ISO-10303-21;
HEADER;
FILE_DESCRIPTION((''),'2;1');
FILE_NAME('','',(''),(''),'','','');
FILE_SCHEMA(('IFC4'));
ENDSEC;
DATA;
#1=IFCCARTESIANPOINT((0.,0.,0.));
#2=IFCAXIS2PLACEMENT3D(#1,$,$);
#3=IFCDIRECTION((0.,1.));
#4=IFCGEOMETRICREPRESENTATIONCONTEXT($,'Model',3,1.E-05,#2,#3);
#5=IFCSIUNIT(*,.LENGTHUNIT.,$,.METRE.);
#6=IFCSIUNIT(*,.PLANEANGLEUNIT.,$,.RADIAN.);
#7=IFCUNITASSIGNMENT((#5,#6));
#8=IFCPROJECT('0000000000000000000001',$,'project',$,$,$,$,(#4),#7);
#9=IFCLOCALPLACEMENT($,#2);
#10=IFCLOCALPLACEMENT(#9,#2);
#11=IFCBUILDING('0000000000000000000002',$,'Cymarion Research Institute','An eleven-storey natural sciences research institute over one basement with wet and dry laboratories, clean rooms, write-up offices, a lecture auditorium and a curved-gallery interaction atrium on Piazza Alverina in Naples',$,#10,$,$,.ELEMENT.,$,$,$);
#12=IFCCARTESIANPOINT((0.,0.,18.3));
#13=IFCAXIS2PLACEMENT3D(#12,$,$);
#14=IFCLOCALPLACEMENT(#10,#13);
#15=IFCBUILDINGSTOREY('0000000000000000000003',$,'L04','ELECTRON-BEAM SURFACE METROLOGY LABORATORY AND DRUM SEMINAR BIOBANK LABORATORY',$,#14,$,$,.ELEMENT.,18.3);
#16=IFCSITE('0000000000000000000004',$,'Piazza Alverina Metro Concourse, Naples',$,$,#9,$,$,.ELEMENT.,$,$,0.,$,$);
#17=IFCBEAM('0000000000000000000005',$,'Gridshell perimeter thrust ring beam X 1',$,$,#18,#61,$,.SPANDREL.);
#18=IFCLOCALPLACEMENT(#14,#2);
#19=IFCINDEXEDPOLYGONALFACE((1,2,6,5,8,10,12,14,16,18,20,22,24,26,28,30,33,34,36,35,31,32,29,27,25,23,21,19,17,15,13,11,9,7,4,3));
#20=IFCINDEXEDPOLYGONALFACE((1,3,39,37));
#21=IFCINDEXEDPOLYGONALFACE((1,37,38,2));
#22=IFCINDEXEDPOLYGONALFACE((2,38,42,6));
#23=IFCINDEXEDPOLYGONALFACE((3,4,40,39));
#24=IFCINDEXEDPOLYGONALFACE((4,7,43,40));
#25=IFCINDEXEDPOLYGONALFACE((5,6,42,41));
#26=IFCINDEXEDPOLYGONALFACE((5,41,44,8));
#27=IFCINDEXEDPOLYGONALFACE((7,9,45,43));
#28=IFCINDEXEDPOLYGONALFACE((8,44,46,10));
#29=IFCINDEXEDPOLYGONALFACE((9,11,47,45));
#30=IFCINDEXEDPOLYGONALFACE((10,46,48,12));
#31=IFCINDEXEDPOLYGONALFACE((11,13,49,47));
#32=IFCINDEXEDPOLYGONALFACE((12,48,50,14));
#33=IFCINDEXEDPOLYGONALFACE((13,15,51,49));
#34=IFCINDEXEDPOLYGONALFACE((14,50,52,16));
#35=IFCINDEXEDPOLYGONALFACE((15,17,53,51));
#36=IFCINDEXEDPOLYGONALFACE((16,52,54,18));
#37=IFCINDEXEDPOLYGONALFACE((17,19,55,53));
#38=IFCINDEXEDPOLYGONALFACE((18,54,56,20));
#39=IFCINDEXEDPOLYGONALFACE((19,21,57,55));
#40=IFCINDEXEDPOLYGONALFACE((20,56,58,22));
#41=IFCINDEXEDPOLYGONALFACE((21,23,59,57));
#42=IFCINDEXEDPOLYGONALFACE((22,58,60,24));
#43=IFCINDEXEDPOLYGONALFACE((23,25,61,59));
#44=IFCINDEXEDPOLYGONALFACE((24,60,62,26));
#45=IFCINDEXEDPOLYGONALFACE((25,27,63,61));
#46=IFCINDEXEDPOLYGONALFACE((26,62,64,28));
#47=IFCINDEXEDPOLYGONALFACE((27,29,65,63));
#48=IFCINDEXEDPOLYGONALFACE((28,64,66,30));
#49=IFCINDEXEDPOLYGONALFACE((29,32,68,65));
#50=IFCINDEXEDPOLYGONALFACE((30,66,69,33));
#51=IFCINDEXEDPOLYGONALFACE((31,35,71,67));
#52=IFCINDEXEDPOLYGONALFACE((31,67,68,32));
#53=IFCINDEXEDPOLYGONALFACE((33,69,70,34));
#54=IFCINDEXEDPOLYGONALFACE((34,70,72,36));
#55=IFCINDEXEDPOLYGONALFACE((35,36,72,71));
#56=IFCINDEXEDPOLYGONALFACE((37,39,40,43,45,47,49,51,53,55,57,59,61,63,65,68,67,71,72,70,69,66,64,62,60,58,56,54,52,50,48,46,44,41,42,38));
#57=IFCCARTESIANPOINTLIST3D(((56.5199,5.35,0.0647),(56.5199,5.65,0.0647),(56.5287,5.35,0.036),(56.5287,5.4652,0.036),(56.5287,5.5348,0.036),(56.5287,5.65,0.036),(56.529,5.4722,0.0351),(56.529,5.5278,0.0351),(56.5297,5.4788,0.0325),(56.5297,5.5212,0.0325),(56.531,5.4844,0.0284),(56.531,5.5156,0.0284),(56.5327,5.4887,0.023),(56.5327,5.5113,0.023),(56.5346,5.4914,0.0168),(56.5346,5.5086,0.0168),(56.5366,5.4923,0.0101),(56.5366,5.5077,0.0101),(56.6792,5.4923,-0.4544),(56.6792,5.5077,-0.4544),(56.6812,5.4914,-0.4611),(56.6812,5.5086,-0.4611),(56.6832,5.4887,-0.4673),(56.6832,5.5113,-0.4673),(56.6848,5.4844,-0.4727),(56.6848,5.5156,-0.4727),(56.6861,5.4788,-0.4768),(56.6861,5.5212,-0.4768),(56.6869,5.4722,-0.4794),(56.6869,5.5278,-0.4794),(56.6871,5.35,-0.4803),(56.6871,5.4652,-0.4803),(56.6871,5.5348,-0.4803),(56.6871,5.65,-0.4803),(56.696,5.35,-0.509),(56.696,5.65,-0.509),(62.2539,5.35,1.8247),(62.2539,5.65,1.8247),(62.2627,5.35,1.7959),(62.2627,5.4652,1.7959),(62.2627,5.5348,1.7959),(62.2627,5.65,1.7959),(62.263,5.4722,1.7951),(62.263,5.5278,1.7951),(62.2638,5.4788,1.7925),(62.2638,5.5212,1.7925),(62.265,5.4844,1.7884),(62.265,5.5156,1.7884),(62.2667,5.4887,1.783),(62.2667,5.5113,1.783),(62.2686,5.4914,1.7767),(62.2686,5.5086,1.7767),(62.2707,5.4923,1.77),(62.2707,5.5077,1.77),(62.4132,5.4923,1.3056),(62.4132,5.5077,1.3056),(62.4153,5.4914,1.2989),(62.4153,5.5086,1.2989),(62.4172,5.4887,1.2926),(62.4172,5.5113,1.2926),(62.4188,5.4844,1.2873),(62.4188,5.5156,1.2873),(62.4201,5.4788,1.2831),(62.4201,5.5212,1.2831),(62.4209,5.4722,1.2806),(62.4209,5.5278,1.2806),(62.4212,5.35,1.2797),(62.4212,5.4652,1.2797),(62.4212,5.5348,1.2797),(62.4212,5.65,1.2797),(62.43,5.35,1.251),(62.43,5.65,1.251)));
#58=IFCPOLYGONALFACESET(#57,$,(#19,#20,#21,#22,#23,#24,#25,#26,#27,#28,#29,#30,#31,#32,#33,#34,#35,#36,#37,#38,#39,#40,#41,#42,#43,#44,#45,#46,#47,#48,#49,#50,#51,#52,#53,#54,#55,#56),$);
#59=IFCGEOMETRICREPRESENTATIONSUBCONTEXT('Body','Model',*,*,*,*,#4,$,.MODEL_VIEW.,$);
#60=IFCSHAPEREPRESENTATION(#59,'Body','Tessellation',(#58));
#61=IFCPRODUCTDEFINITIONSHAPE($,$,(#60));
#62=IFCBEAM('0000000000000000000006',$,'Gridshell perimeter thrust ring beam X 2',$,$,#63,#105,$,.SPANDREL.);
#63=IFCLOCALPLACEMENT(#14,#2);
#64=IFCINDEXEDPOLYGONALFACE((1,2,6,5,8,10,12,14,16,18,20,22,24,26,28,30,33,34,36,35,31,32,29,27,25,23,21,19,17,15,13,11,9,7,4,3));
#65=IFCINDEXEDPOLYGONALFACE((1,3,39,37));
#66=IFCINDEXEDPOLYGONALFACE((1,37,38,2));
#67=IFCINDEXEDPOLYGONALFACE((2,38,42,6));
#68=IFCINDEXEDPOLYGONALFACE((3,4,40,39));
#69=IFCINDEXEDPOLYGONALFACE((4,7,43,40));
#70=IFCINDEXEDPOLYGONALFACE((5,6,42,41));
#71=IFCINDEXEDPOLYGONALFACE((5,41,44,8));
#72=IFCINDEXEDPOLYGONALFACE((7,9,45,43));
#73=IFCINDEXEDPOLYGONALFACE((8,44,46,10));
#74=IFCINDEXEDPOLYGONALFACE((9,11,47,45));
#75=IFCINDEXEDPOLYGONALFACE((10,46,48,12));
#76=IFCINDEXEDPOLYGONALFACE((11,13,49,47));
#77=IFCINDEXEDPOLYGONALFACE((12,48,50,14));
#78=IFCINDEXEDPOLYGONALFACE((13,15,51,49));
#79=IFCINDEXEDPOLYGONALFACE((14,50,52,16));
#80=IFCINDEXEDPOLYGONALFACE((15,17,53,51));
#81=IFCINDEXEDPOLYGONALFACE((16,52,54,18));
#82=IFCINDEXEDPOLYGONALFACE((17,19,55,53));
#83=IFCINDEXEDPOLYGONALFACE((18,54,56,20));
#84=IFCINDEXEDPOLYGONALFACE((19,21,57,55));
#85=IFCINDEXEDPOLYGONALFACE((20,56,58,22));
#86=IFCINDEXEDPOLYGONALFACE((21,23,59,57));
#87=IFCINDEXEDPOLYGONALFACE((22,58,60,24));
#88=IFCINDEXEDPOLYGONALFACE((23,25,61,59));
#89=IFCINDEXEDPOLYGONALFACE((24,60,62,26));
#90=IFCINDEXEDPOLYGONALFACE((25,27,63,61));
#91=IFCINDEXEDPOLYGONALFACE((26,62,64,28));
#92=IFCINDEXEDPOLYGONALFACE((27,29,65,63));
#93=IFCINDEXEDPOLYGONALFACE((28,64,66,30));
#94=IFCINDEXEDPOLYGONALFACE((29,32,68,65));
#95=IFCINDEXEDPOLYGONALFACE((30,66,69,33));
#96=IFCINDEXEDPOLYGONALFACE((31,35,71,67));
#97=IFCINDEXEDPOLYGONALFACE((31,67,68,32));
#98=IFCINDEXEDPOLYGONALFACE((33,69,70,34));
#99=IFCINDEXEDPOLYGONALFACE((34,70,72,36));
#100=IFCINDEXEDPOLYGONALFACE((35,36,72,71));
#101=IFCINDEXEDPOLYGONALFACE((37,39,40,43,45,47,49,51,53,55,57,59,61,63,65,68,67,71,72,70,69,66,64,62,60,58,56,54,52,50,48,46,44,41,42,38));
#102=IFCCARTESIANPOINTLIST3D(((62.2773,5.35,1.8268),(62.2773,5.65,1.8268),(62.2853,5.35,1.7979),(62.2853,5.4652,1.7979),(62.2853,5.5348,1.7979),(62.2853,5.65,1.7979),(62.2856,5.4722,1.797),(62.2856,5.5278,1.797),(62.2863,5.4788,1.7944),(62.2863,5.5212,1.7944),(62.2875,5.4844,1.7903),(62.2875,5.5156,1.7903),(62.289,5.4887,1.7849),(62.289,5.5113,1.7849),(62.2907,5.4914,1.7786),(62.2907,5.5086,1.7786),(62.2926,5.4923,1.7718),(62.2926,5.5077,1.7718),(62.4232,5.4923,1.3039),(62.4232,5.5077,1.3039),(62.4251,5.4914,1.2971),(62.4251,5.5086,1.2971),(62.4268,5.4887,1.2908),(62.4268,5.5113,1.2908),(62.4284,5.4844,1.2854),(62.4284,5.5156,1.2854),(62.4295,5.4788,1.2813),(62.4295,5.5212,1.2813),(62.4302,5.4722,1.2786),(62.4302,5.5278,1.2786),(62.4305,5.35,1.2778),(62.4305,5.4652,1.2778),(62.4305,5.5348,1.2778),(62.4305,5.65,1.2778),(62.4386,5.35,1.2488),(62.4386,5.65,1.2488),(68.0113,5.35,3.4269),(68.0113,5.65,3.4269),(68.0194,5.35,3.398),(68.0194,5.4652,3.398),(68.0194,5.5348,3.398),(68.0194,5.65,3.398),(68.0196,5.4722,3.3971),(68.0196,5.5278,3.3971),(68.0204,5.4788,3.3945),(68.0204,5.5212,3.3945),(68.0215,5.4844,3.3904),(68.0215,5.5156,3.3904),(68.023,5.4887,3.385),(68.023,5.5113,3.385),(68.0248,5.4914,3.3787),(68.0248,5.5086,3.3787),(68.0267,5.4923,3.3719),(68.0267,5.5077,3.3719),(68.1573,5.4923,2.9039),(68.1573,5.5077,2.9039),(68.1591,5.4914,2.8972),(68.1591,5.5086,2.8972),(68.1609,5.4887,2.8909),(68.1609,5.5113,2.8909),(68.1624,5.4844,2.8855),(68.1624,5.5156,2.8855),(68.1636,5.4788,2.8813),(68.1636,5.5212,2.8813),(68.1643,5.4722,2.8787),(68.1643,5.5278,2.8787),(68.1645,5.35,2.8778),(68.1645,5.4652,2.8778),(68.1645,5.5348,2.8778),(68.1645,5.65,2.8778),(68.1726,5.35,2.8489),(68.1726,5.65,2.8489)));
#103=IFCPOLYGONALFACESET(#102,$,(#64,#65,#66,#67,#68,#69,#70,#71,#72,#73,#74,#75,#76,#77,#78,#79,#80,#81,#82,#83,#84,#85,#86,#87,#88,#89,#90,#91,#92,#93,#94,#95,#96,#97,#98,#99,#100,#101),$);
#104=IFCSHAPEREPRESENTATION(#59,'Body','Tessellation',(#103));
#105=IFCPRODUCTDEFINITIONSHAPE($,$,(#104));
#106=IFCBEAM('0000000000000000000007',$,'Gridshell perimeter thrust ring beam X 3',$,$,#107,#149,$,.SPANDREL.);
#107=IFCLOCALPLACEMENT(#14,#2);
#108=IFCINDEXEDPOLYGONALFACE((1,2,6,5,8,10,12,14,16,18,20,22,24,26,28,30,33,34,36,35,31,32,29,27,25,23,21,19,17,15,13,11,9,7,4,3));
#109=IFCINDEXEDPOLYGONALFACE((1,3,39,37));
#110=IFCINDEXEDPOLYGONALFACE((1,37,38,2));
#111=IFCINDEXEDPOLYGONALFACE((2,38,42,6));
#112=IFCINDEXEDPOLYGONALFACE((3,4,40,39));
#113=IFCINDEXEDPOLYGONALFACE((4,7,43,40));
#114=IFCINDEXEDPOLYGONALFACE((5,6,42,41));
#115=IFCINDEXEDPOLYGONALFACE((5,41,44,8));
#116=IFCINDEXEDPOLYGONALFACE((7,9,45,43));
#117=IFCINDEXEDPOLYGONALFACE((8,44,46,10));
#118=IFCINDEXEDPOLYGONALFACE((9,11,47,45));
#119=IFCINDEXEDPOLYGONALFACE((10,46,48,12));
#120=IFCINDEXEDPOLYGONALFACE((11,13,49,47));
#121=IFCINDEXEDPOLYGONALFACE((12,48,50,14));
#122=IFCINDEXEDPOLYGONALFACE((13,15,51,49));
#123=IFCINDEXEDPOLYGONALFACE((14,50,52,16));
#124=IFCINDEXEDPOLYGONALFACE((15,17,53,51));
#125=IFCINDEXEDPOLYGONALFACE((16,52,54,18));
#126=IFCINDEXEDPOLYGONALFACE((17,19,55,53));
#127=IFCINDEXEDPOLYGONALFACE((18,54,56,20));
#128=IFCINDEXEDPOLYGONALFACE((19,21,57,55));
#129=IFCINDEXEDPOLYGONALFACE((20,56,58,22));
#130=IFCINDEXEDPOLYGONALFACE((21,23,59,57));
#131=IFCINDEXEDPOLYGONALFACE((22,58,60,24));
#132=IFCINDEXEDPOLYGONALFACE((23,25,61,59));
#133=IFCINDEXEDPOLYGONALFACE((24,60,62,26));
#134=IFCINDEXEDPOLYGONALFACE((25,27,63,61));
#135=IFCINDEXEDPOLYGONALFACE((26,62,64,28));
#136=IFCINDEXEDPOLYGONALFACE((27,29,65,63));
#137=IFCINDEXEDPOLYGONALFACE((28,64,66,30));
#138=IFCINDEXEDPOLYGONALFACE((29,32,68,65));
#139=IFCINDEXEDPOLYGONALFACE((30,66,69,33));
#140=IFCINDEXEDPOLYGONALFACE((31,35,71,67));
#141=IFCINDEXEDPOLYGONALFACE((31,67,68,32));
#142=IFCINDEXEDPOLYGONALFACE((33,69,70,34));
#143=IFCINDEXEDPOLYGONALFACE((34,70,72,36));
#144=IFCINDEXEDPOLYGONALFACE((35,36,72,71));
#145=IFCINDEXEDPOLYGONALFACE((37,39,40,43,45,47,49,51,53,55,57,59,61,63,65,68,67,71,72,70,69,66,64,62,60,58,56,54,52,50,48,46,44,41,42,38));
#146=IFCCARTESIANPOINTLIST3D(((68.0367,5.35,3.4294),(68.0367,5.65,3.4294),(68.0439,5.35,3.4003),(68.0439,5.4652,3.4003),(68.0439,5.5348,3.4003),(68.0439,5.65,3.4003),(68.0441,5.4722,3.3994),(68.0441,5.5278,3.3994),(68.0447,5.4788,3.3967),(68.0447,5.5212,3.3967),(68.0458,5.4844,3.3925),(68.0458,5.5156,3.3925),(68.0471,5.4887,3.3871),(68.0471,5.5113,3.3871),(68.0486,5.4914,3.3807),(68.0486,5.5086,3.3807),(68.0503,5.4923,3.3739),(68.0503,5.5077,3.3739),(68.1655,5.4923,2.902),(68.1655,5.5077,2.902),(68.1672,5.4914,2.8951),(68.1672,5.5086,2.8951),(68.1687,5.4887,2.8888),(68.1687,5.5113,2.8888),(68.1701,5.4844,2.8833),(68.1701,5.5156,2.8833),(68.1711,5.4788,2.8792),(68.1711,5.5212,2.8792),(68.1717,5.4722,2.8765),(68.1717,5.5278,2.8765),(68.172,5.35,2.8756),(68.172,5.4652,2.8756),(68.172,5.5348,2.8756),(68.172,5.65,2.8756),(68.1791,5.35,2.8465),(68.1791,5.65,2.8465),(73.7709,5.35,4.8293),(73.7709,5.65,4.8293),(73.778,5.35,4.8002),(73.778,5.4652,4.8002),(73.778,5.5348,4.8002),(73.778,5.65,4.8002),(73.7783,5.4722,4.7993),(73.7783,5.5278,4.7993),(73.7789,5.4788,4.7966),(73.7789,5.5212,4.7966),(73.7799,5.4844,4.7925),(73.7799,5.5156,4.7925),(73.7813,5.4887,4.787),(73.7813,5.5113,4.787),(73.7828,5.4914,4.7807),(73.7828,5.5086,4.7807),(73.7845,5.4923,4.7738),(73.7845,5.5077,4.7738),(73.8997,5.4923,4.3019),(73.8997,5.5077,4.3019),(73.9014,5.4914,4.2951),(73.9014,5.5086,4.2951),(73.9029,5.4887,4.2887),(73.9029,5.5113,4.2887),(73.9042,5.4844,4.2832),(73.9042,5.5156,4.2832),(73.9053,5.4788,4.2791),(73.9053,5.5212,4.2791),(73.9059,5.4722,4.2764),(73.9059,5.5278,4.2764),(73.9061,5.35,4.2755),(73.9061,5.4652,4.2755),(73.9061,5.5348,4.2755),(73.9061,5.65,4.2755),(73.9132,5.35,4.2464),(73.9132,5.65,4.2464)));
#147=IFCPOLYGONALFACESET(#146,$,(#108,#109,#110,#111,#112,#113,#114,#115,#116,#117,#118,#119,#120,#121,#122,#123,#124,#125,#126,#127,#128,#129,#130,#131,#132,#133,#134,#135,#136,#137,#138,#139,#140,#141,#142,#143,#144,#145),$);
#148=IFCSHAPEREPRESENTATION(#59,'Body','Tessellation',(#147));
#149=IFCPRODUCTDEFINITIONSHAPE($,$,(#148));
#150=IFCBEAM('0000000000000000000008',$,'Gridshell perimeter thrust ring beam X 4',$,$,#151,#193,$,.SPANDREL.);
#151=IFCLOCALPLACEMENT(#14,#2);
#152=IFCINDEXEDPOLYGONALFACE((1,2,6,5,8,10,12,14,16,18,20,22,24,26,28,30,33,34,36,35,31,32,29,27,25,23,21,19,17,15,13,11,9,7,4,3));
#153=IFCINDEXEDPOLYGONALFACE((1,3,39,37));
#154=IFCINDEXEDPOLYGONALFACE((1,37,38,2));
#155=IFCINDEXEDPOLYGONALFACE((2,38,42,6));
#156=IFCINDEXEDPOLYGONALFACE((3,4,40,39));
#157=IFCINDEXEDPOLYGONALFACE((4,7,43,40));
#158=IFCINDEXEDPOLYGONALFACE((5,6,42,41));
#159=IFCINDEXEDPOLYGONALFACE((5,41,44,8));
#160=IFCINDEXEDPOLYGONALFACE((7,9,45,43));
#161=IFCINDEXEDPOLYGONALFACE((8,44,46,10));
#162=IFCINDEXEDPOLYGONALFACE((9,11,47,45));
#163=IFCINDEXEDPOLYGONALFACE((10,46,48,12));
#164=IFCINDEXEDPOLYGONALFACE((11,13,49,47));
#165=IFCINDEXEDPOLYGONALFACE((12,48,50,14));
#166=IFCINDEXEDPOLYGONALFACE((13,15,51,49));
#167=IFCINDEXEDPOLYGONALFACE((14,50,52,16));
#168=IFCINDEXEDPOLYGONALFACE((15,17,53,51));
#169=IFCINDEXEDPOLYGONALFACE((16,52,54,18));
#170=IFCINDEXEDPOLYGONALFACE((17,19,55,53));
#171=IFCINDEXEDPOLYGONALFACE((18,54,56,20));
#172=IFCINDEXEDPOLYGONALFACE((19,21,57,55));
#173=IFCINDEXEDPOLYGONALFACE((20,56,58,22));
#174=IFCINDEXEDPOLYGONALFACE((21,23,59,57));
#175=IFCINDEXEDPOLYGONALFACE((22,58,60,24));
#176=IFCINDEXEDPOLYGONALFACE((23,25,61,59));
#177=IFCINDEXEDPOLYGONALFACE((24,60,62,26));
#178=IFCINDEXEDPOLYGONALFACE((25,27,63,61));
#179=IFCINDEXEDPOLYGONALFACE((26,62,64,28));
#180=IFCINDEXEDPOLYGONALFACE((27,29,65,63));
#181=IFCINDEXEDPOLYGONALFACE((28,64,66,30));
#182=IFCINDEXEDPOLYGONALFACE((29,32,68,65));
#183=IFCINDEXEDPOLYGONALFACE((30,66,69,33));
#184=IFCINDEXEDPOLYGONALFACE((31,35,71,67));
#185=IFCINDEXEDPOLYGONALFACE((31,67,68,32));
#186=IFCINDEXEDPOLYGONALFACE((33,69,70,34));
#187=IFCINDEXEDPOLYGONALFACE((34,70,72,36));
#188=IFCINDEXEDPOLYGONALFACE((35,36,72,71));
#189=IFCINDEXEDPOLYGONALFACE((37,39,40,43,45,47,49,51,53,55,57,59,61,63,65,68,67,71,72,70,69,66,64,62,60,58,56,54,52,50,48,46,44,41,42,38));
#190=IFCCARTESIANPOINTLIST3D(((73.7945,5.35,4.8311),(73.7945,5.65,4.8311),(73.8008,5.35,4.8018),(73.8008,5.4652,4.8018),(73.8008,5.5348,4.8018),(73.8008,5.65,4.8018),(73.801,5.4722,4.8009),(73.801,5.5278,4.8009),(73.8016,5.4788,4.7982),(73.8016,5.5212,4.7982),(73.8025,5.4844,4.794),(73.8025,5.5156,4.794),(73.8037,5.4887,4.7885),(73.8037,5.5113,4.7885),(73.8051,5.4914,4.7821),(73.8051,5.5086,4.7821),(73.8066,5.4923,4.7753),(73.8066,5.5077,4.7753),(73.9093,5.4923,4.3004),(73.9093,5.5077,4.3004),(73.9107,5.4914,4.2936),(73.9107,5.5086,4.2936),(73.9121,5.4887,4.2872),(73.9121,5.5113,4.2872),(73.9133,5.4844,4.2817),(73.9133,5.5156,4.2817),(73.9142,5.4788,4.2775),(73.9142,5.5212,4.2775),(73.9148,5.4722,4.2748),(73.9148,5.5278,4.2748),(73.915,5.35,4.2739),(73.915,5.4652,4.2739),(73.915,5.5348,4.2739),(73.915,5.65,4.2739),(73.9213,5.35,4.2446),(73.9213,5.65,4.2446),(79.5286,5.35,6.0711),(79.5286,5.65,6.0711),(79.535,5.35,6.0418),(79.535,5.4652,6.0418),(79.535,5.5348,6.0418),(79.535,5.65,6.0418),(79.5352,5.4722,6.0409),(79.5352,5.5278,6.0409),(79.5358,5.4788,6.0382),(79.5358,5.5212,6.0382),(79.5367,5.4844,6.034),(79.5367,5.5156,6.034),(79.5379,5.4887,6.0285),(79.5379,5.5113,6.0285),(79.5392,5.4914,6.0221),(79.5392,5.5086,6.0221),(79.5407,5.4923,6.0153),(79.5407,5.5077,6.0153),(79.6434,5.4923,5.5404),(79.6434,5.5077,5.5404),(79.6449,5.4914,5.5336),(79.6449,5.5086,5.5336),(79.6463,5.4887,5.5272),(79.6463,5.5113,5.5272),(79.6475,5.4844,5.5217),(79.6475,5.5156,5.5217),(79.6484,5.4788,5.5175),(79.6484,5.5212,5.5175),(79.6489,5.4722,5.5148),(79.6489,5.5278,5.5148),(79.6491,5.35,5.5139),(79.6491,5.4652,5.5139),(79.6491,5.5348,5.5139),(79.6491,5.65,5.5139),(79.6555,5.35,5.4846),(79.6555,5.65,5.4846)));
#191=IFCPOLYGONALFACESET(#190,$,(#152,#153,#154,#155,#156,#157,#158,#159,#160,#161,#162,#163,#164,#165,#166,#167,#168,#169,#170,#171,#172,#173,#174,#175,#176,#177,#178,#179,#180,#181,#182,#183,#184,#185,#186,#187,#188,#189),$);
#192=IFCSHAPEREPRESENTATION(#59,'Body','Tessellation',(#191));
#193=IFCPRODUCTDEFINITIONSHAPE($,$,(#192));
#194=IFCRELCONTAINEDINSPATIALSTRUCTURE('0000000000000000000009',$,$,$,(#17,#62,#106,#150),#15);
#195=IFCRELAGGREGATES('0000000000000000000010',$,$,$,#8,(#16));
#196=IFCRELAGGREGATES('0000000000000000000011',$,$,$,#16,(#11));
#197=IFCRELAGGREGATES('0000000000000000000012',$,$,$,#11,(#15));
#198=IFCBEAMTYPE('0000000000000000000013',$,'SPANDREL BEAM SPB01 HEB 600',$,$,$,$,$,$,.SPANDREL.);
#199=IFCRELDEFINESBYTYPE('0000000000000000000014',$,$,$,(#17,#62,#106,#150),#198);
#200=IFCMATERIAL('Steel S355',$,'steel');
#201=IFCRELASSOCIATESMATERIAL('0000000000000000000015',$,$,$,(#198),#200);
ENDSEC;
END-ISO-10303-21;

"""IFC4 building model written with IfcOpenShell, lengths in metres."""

from ifc_helpers import new_model, si_unit, direction, frame, origin, origin_2d, place, context, subcontext, project, spatial, i_section, extrude, material, material_profile, profile_set, type_object, element, save


model = new_model("IFC4")

# Units and contexts
model_context = context("Model", 3, precision=1e-05, world=origin(), true_north=direction((0.0, 1.0)))
body_context = subcontext(model_context, "Body", "Model", "MODEL_VIEW")
ifc_project = project(units=[si_unit("LENGTHUNIT", "METRE"), si_unit("PLANEANGLEUNIT", "RADIAN")], contexts=[model_context])

# Site, building, storey
site_placement = place(None, origin())
site = spatial("IfcSite", under=ifc_project, at=site_placement, Name="Piazza Alverina Metro Concourse, Naples", CompositionType="ELEMENT", RefElevation=0.0)
building_placement = place(site_placement, origin())
building = spatial("IfcBuilding", under=site, at=building_placement, Name="Cymarion Research Institute", Description="An eleven-storey natural sciences research institute over one basement with wet and dry laboratories, clean rooms, write-up offices, a lecture auditorium and a curved-gallery interaction atrium on Piazza Alverina in Naples", CompositionType="ELEMENT")
storey_placement = place(building_placement, frame((0.0, 0.0, 18.3)))
storey = spatial("IfcBuildingStorey", under=building, at=storey_placement, Name="L04", Description="ELECTRON-BEAM SURFACE METROLOGY LABORATORY AND DRUM SEMINAR BIOBANK LABORATORY", CompositionType="ELEMENT", Elevation=18.3)

# Beams
ifc_material_1 = material(Name="Steel S355", Category="steel")
ifc_material_profile_1 = material_profile(ifc_material_1, i_section(OverallWidth=0.3, OverallDepth=0.6001, WebThickness=0.0154, FlangeThickness=0.03, FilletRadius=0.0271, at=origin_2d()), Name="HEB 600")
ifc_profile_set_1 = profile_set([ifc_material_profile_1], Name="Steel S355")
beam_type = type_object("IfcBeamType", Name="SPANDREL BEAM SPB01 HEB 600", PredefinedType="SPANDREL", material=ifc_profile_set_1)
beam_1_placement = place(storey_placement, frame((56.6079, 5.5, -0.2222), z_axis=(0.955982, 0.0, 0.293425), x_axis=(0.0, 1.0, 0.0)))
element("IfcBeam", 1, at=beam_1_placement, inside=storey, type_object=beam_type, Name="Gridshell perimeter thrust ring beam X 1", PredefinedType="SPANDREL", context=body_context, shape_type="SweptSolid", body=[
    extrude(i_section(OverallWidth=0.3, OverallDepth=0.6001, WebThickness=0.0154, FlangeThickness=0.03, FilletRadius=0.0271, at=origin_2d()), origin(), (0.0, 0.0, 1.0), 5.998),
])
beam_2_placement = place(storey_placement, frame((62.3579, 5.5, 1.5378), z_axis=(0.963202, 0.0, 0.26878), x_axis=(0.0, 1.0, 0.0)))
element("IfcBeam", 2, at=beam_2_placement, inside=storey, type_object=beam_type, Name="Gridshell perimeter thrust ring beam X 2", PredefinedType="SPANDREL", context=body_context, shape_type="SweptSolid", body=[
    extrude(i_section(OverallWidth=0.3, OverallDepth=0.6001, WebThickness=0.0154, FlangeThickness=0.03, FilletRadius=0.0271, at=origin_2d()), origin(), (0.0, 0.0, 1.0), 5.9531),
])
beam_3_placement = place(storey_placement, frame((68.1079, 5.5, 3.1379), z_axis=(0.971468, 0.0, 0.237169), x_axis=(0.0, 1.0, 0.0)))
element("IfcBeam", 3, at=beam_3_placement, inside=storey, type_object=beam_type, Name="Gridshell perimeter thrust ring beam X 3", PredefinedType="SPANDREL", context=body_context, shape_type="SweptSolid", body=[
    extrude(i_section(OverallWidth=0.3, OverallDepth=0.6001, WebThickness=0.0154, FlangeThickness=0.03, FilletRadius=0.0271, at=origin_2d()), origin(), (0.0, 0.0, 1.0), 5.9026),
])
beam_4_placement = place(storey_placement, frame((73.8579, 5.5, 4.5378), z_axis=(0.977408, 0.0, 0.211362), x_axis=(0.0, 1.0, 0.0)))
element("IfcBeam", 4, at=beam_4_placement, inside=storey, type_object=beam_type, Name="Gridshell perimeter thrust ring beam X 4", PredefinedType="SPANDREL", context=body_context, shape_type="SweptSolid", body=[
    extrude(i_section(OverallWidth=0.3, OverallDepth=0.6001, WebThickness=0.0154, FlangeThickness=0.03, FilletRadius=0.0271, at=origin_2d()), origin(), (0.0, 0.0, 1.0), 5.8667),
])

save(model, "model.ifc")
